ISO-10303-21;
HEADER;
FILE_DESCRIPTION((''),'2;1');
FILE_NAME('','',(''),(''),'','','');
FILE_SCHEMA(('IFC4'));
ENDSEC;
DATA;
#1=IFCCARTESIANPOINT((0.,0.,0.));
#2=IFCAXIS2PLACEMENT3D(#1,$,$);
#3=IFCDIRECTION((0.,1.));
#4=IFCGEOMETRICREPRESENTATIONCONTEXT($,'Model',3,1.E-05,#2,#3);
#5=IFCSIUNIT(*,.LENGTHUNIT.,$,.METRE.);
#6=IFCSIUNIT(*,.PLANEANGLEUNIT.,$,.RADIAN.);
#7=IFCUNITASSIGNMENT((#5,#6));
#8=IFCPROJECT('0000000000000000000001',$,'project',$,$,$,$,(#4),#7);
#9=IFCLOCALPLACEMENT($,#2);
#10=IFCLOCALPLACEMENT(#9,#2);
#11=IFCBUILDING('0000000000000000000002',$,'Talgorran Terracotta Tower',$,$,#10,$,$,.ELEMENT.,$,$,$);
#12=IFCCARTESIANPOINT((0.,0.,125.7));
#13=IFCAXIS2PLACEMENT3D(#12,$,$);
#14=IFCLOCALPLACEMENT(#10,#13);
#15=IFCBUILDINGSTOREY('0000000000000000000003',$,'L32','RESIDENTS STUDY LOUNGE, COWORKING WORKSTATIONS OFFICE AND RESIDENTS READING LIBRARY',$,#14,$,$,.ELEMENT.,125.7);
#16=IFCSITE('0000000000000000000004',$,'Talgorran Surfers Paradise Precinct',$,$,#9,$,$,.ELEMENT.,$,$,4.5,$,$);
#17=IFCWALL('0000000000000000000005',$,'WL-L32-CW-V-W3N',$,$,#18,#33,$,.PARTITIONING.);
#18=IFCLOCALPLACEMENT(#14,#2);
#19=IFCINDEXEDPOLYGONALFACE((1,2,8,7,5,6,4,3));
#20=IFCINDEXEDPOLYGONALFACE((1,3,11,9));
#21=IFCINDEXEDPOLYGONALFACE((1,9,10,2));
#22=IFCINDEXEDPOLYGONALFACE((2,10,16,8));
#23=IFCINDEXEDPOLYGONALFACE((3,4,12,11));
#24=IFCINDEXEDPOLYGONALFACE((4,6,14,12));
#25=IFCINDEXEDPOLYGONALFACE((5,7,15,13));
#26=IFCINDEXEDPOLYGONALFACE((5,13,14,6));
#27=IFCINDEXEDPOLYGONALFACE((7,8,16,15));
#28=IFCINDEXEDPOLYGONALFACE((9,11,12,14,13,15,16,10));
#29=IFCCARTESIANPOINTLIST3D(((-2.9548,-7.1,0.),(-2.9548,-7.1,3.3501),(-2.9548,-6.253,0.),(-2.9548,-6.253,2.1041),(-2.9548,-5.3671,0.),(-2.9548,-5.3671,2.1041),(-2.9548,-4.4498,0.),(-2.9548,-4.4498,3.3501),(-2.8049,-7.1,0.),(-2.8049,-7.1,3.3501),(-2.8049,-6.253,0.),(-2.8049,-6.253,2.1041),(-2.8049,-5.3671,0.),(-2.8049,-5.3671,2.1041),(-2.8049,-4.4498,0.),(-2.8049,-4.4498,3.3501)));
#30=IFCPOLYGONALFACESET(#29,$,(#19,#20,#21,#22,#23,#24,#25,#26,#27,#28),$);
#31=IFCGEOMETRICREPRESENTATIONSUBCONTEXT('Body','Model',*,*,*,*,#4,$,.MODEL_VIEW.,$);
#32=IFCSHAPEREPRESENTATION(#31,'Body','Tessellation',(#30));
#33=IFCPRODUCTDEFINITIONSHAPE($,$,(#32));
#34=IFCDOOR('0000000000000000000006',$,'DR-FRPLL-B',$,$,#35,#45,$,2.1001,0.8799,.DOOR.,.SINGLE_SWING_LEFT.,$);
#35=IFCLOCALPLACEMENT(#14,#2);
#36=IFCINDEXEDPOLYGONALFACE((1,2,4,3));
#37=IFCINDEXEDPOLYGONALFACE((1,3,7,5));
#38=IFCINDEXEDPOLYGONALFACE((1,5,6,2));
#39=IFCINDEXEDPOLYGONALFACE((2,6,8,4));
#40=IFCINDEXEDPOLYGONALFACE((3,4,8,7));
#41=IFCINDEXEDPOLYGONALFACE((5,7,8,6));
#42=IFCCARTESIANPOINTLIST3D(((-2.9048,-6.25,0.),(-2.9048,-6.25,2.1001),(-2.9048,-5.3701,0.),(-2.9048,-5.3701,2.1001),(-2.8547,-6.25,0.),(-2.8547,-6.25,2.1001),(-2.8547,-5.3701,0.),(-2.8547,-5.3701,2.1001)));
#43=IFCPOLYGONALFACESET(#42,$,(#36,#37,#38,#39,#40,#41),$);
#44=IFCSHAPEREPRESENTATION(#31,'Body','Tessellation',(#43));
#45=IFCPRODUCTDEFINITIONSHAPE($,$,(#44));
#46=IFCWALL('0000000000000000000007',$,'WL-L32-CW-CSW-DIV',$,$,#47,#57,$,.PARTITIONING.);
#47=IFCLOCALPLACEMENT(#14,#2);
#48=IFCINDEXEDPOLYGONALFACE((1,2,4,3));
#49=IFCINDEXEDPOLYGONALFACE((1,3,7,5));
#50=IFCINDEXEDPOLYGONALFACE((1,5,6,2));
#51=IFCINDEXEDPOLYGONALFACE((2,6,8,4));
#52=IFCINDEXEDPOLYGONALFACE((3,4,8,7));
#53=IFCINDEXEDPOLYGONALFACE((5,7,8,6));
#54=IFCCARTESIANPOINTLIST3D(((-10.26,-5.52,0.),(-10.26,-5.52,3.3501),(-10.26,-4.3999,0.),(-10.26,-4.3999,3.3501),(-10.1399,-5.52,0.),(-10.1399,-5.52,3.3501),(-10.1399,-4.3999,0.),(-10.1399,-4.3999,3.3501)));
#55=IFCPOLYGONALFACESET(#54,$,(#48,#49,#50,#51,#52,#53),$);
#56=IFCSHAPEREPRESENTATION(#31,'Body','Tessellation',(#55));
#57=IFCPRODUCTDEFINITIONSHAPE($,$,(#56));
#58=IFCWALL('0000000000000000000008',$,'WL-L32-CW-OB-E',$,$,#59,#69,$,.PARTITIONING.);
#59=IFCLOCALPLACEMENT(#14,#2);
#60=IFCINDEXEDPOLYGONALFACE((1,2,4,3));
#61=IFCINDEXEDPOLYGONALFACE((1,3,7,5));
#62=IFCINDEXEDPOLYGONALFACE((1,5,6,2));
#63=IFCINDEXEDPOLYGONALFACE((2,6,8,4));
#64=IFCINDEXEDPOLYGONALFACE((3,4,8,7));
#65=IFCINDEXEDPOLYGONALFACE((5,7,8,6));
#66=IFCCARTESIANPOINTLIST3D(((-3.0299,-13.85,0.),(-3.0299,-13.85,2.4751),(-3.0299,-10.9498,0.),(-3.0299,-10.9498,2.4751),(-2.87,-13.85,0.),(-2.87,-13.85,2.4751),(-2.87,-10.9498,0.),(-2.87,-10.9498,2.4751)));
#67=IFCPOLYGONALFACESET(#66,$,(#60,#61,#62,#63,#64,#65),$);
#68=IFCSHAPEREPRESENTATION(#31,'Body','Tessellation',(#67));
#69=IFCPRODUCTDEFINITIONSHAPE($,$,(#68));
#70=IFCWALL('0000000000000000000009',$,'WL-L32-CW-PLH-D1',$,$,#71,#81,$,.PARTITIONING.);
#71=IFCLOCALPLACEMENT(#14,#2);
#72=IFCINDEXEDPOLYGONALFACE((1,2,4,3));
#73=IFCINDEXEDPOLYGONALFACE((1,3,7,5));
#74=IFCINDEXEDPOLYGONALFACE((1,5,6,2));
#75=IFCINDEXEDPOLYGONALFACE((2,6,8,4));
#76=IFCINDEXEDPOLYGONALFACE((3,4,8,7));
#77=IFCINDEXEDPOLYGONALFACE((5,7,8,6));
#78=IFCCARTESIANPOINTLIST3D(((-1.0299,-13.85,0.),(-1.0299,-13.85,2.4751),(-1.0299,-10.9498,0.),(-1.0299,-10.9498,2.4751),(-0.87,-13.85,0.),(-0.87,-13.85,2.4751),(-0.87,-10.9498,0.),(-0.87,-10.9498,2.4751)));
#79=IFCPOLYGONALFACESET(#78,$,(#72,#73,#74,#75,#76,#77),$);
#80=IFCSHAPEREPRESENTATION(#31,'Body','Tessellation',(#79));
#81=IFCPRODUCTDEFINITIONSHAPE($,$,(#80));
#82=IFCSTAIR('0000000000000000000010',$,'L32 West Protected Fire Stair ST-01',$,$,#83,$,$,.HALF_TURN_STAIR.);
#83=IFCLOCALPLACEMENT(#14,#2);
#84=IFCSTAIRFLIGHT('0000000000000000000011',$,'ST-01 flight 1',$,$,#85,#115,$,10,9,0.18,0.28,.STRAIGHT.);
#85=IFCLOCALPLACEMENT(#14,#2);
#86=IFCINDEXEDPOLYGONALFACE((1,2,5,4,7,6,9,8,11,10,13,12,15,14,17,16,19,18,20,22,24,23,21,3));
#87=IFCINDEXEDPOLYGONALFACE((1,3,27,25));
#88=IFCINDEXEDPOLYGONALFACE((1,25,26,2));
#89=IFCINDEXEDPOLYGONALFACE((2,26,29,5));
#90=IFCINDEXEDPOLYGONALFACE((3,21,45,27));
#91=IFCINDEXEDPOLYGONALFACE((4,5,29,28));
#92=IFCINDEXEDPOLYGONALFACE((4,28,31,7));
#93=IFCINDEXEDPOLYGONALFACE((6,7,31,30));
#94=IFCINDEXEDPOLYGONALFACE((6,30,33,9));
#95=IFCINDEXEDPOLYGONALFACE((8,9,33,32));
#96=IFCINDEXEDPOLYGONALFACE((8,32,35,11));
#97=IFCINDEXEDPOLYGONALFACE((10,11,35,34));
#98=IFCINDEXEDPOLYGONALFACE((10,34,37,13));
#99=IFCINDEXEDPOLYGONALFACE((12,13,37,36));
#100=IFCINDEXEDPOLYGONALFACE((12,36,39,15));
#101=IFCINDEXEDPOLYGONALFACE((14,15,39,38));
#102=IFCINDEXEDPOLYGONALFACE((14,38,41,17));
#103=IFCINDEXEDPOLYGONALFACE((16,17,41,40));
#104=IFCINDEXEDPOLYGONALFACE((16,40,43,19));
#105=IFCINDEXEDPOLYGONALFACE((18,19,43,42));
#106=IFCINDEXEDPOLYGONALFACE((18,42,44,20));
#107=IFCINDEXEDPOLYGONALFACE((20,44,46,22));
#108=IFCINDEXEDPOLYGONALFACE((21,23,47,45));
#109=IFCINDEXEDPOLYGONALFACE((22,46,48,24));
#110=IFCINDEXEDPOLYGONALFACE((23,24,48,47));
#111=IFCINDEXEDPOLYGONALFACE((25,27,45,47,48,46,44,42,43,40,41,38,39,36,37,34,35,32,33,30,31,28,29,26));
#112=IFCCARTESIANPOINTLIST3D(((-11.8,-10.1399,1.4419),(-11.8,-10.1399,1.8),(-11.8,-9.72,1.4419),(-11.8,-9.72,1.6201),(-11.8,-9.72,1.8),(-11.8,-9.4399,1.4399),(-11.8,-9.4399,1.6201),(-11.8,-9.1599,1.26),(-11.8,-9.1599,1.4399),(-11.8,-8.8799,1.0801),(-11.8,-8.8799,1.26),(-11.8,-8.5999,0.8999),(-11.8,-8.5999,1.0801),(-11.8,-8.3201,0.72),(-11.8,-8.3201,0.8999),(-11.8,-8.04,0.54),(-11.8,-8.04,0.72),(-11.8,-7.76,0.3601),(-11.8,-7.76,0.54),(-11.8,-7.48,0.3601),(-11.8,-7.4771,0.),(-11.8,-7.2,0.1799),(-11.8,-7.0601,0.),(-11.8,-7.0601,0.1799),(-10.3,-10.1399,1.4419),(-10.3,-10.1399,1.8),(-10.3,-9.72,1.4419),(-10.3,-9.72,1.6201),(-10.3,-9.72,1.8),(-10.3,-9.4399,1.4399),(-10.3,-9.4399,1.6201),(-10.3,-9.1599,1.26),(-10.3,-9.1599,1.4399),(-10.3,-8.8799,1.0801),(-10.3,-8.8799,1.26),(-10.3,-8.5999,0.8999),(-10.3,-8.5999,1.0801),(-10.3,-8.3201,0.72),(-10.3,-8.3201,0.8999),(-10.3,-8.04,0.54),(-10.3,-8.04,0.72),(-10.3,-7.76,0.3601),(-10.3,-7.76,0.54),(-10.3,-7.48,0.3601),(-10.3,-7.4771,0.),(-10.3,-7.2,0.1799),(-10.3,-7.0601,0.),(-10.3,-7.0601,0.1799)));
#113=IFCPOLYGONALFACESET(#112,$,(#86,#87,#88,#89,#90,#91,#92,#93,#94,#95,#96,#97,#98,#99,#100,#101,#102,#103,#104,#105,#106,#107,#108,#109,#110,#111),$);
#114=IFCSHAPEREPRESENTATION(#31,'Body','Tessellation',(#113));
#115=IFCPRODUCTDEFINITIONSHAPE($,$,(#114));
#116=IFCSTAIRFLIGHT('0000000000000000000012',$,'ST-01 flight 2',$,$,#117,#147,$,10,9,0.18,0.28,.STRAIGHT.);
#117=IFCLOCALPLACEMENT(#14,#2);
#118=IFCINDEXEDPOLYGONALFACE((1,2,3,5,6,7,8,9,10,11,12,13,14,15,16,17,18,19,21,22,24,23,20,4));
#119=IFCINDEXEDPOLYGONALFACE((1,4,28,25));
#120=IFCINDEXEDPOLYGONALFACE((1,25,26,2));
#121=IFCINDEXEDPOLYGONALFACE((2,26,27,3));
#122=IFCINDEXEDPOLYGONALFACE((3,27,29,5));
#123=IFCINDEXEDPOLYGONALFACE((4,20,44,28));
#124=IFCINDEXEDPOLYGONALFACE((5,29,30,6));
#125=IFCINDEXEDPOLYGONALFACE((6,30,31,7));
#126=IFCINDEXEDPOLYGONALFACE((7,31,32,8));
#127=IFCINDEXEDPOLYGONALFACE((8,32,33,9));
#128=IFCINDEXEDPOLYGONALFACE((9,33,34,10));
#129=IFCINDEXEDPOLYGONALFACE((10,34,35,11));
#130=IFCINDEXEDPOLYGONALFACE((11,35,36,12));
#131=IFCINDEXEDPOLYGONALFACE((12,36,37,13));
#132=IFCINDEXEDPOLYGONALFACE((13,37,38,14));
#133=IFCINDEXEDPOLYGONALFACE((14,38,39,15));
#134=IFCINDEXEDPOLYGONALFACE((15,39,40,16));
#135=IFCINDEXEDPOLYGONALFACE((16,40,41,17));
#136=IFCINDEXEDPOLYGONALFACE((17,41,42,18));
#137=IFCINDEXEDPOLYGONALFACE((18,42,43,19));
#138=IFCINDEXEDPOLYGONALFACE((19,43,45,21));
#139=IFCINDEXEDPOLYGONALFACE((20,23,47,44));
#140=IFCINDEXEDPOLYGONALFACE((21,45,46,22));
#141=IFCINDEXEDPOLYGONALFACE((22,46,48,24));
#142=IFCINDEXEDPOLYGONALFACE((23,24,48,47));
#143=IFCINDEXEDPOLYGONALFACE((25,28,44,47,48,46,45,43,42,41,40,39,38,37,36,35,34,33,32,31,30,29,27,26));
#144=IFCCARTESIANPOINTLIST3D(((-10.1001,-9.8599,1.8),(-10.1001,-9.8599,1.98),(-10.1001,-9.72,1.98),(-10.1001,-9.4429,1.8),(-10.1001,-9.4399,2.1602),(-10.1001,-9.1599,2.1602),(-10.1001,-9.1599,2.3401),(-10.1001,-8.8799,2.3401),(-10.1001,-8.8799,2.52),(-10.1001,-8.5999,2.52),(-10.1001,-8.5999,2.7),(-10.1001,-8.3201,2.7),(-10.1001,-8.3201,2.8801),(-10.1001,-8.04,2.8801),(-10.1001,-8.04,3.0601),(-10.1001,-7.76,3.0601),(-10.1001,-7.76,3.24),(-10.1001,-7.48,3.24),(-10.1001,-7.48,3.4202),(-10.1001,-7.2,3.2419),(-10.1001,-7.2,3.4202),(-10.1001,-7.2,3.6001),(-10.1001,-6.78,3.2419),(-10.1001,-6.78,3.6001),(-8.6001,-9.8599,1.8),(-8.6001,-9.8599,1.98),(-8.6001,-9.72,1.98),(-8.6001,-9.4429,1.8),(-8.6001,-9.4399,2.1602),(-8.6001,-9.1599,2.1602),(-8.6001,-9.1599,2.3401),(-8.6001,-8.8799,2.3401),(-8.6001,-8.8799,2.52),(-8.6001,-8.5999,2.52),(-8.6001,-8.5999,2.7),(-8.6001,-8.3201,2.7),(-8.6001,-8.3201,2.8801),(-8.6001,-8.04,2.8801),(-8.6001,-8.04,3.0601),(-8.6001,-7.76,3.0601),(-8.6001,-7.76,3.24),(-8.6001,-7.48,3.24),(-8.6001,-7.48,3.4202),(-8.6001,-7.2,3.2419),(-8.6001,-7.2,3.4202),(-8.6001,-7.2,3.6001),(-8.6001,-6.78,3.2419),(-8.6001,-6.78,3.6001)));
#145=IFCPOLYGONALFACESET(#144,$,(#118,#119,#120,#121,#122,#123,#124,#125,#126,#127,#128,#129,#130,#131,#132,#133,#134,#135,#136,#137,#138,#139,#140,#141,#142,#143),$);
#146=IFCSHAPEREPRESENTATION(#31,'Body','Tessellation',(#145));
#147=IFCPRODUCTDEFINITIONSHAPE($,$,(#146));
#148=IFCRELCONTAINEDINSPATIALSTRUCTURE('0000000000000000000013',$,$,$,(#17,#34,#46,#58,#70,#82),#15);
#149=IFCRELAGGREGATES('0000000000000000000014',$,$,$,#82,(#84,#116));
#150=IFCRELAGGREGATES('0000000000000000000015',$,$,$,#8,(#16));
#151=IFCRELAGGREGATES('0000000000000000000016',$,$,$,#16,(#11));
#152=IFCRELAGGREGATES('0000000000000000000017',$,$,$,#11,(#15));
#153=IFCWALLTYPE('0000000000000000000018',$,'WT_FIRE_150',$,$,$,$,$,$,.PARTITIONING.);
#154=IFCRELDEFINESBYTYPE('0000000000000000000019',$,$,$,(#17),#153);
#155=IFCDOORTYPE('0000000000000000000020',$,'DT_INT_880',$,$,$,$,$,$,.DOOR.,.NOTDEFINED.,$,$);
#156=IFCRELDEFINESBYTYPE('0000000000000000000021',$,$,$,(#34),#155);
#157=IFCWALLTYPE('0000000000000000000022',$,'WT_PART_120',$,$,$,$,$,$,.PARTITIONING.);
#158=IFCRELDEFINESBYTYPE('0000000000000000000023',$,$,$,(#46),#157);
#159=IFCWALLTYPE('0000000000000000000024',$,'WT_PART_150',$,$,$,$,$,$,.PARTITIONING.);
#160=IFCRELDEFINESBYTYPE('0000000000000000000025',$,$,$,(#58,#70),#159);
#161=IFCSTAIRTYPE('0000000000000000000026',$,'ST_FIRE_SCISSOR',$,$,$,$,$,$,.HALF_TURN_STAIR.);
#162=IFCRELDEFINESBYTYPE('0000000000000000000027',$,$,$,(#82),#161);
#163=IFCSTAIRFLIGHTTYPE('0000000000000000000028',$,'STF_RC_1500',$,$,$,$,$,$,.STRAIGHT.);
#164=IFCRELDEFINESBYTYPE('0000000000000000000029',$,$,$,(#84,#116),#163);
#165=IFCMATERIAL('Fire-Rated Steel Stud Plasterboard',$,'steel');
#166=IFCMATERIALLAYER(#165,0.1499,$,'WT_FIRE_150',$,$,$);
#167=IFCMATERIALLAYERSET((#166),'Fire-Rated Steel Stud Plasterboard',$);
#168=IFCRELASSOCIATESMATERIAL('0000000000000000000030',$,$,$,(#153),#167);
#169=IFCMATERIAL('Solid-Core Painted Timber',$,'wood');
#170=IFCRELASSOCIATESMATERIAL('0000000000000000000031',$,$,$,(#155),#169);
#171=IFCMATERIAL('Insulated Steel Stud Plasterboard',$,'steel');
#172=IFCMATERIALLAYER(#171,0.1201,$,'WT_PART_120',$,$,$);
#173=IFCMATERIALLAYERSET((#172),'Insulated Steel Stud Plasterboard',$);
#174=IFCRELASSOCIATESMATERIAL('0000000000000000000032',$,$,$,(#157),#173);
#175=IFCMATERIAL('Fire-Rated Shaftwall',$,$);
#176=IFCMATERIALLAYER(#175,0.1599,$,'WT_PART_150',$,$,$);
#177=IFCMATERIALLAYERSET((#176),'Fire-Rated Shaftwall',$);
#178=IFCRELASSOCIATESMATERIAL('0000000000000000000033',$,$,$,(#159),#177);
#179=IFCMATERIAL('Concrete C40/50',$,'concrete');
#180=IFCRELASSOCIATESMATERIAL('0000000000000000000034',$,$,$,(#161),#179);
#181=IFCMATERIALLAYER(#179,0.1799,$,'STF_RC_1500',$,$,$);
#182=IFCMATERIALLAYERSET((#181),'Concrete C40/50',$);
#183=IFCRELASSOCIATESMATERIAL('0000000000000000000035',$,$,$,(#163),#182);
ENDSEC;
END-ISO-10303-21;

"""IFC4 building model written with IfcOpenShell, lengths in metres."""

from ifc_helpers import new_model, si_unit, direction, frame, frame_2d, origin, place, context, subcontext, project, spatial, polyline, rectangle, outline, extrude, material, layer, layer_set, type_object, element, fill, aggregate, save


model = new_model("IFC4")

# Units and contexts
model_context = context("Model", 3, precision=1e-05, world=origin(), true_north=direction((0.0, 1.0)))
body_context = subcontext(model_context, "Body", "Model", "MODEL_VIEW")
ifc_project = project(units=[si_unit("LENGTHUNIT", "METRE"), si_unit("PLANEANGLEUNIT", "RADIAN")], contexts=[model_context])

# Site, building, storey
site_placement = place(None, origin())
site = spatial("IfcSite", under=ifc_project, at=site_placement, Name="Talgorran Surfers Paradise Precinct", CompositionType="ELEMENT", RefElevation=4.5)
building_placement = place(site_placement, origin())
building = spatial("IfcBuilding", under=site, at=building_placement, Name="Talgorran Terracotta Tower", CompositionType="ELEMENT")
storey_placement = place(building_placement, frame((0.0, 0.0, 125.7)))
storey = spatial("IfcBuildingStorey", under=building, at=storey_placement, Name="L32", Description="RESIDENTS STUDY LOUNGE, COWORKING WORKSTATIONS OFFICE AND RESIDENTS READING LIBRARY", CompositionType="ELEMENT", Elevation=125.7)

# Shared definitions
ifc_material_1 = material(Name="Fire-Rated Steel Stud Plasterboard", Category="steel")
ifc_layer_1 = layer(ifc_material_1, 0.1499, Name="WT_FIRE_150")
ifc_layer_set_1 = layer_set([ifc_layer_1], Name="Fire-Rated Steel Stud Plasterboard")
wall_type_1 = type_object("IfcWallType", Name="WT_FIRE_150", PredefinedType="PARTITIONING", material=ifc_layer_set_1)

# Wall, opening, door
wall_1_placement = place(storey_placement, frame((-2.8799, -7.1001, 0.0), z_axis=(0.0, 0.0, 1.0), x_axis=(0.0, 1.0, 0.0)))
wall_1 = element("IfcWall", 1, at=wall_1_placement, inside=storey, type_object=wall_type_1, Name="WL-L32-CW-V-W3N", PredefinedType="PARTITIONING", context=body_context, shape_type="SweptSolid", body=[
    extrude(rectangle(XDim=2.6501, YDim=0.1499, at=frame_2d((1.3252, 0.0))), origin(), (0.0, 0.0, 1.0), 3.3501),
])
opening_1_placement = place(wall_1_placement, frame((0.8501, 0.0, 0.0)))
opening_1 = element("IfcOpeningElement", 2, at=opening_1_placement, cuts=wall_1, PredefinedType="OPENING", context=body_context, shape_type="SweptSolid", body=[
    extrude(rectangle(XDim=0.8859, YDim=2.1041, at=frame_2d((0.4399, 1.052))), frame((0.0, 0.085, 0.0), z_axis=(0.0, -1.0, 0.0), x_axis=(1.0, 0.0, 0.0)), (0.0, 0.0, 1.0), 0.1699),
])
ifc_material_2 = material(Name="Solid-Core Painted Timber", Category="wood")
door_type_1 = type_object("IfcDoorType", Name="DT_INT_880", OperationType="NOTDEFINED", PredefinedType="DOOR", material=ifc_material_2)
door_1_placement = place(opening_1_placement, origin())
door_1 = element("IfcDoor", 3, at=door_1_placement, inside=storey, type_object=door_type_1, Name="DR-FRPLL-B", OperationType="SINGLE_SWING_LEFT", OverallHeight=2.1001, OverallWidth=0.8799, PredefinedType="DOOR", context=body_context, shape_type="SweptSolid", body=[
    extrude(rectangle(XDim=0.8799, YDim=2.1001, at=frame_2d((0.4399, 1.05))), frame((0.0, 0.0249, 0.0), z_axis=(0.0, -1.0, 0.0), x_axis=(1.0, 0.0, 0.0)), (0.0, 0.0, 1.0), 0.05),
])
fill(opening_1, door_1)

# Walls
ifc_material_3 = material(Name="Insulated Steel Stud Plasterboard", Category="steel")
ifc_layer_2 = layer(ifc_material_3, 0.1201, Name="WT_PART_120")
ifc_layer_set_2 = layer_set([ifc_layer_2], Name="Insulated Steel Stud Plasterboard")
wall_type_2 = type_object("IfcWallType", Name="WT_PART_120", PredefinedType="PARTITIONING", material=ifc_layer_set_2)
wall_2_placement = place(storey_placement, frame((-10.2, -5.52, 0.0), z_axis=(0.0, 0.0, 1.0), x_axis=(0.0, 1.0, 0.0)))
element("IfcWall", 4, at=wall_2_placement, inside=storey, type_object=wall_type_2, Name="WL-L32-CW-CSW-DIV", PredefinedType="PARTITIONING", context=body_context, shape_type="SweptSolid", body=[
    extrude(rectangle(XDim=1.1201, YDim=0.1201, at=frame_2d((0.5601, 0.0))), origin(), (0.0, 0.0, 1.0), 3.3501),
])
ifc_material_4 = material(Name="Fire-Rated Shaftwall")
ifc_layer_3 = layer(ifc_material_4, 0.1599, Name="WT_PART_150")
ifc_layer_set_3 = layer_set([ifc_layer_3], Name="Fire-Rated Shaftwall")
wall_type_3 = type_object("IfcWallType", Name="WT_PART_150", PredefinedType="PARTITIONING", material=ifc_layer_set_3)
for number, where, z_axis, x_axis, name in (
    (5, (-2.95, -13.8501, 0.0), (0.0, 0.0, 1.0), (0.0, 1.0, 0.0), "WL-L32-CW-OB-E"),
    (6, (-0.95, -13.8501, 0.0), (0.0, 0.0, 1.0), (0.0, 1.0, 0.0), "WL-L32-CW-PLH-D1"),
):
    element("IfcWall", number, at=place(storey_placement, frame(where, z_axis=z_axis, x_axis=x_axis)), inside=storey, type_object=wall_type_3, Name=name, PredefinedType="PARTITIONING", context=body_context, shape_type="SweptSolid", body=[
        extrude(rectangle(XDim=2.9001, YDim=0.1599, at=frame_2d((1.4502, 0.0))), origin(), (0.0, 0.0, 1.0), 2.4751),
    ])

# Stair, stair flights
ifc_material_5 = material(Name="Concrete C40/50", Category="concrete")
stair_type = type_object("IfcStairType", Name="ST_FIRE_SCISSOR", PredefinedType="HALF_TURN_STAIR", material=ifc_material_5)
stair_placement = place(storey_placement, origin())
stair = element("IfcStair", 7, at=stair_placement, inside=storey, type_object=stair_type, Name="L32 West Protected Fire Stair ST-01", PredefinedType="HALF_TURN_STAIR")
ifc_layer_4 = layer(ifc_material_5, 0.1799, Name="STF_RC_1500")
ifc_layer_set_4 = layer_set([ifc_layer_4], Name="Concrete C40/50")
stair_flight_type = type_object("IfcStairFlightType", Name="STF_RC_1500", PredefinedType="STRAIGHT", material=ifc_layer_set_4)
stair_flight_1_placement = place(storey_placement, frame((-11.05, -7.2, 0.0), z_axis=(0.0, 0.0, 1.0), x_axis=(0.0, -1.0, 0.0)))
stair_flight_1 = element("IfcStairFlight", 8, at=stair_flight_1_placement, type_object=stair_flight_type, Name="ST-01 flight 1", NumberOfRisers=10, NumberOfTreads=9, PredefinedType="STRAIGHT", RiserHeight=0.18, TreadLength=0.28, context=body_context, shape_type="SweptSolid", body=[
    extrude(outline(polyline([(-0.1399, 0.0), (-0.1399, 0.1799), (0.0, 0.1799), (0.28, 0.3601), (0.5601, 0.3601), (0.5601, 0.54), (0.8401, 0.54), (0.8401, 0.72), (1.1201, 0.72), (1.1201, 0.8999), (1.3999, 0.8999), (1.3999, 1.0801), (1.6799, 1.0801), (1.6799, 1.26), (1.96, 1.26), (1.96, 1.4399), (2.24, 1.4399), (2.24, 1.6201), (2.52, 1.6201), (2.52, 1.8), (2.9399, 1.8), (2.9399, 1.4419), (2.52, 1.4419), (0.2771, 0.0), (-0.1399, 0.0)])), frame((0.0, 0.75, 0.0), z_axis=(0.0, -1.0, 0.0), x_axis=(1.0, 0.0, 0.0)), (0.0, 0.0, 1.0), 1.5),
])
stair_flight_2_placement = place(storey_placement, frame((-9.3501, -9.72, 1.8), z_axis=(0.0, 0.0, 1.0), x_axis=(0.0, 1.0, 0.0)))
stair_flight_2 = element("IfcStairFlight", 9, at=stair_flight_2_placement, type_object=stair_flight_type, Name="ST-01 flight 2", NumberOfRisers=10, NumberOfTreads=9, PredefinedType="STRAIGHT", RiserHeight=0.18, TreadLength=0.28, context=body_context, shape_type="SweptSolid", body=[
    extrude(outline(polyline([(-0.1399, 0.0), (-0.1399, 0.1799), (0.0, 0.1799), (0.28, 0.3601), (0.5601, 0.3601), (0.5601, 0.54), (0.8401, 0.54), (0.8401, 0.72), (1.1201, 0.72), (1.1201, 0.8999), (1.3999, 0.8999), (1.3999, 1.0801), (1.6799, 1.0801), (1.6799, 1.26), (1.96, 1.26), (1.96, 1.4399), (2.24, 1.4399), (2.24, 1.6201), (2.52, 1.6201), (2.52, 1.8), (2.9399, 1.8), (2.9399, 1.4419), (2.52, 1.4419), (0.2771, 0.0), (-0.1399, 0.0)])), frame((0.0, 0.75, 0.0), z_axis=(0.0, -1.0, 0.0), x_axis=(1.0, 0.0, 0.0)), (0.0, 0.0, 1.0), 1.5),
])
aggregate(stair, [stair_flight_1, stair_flight_2])

save(model, "model.ifc")
